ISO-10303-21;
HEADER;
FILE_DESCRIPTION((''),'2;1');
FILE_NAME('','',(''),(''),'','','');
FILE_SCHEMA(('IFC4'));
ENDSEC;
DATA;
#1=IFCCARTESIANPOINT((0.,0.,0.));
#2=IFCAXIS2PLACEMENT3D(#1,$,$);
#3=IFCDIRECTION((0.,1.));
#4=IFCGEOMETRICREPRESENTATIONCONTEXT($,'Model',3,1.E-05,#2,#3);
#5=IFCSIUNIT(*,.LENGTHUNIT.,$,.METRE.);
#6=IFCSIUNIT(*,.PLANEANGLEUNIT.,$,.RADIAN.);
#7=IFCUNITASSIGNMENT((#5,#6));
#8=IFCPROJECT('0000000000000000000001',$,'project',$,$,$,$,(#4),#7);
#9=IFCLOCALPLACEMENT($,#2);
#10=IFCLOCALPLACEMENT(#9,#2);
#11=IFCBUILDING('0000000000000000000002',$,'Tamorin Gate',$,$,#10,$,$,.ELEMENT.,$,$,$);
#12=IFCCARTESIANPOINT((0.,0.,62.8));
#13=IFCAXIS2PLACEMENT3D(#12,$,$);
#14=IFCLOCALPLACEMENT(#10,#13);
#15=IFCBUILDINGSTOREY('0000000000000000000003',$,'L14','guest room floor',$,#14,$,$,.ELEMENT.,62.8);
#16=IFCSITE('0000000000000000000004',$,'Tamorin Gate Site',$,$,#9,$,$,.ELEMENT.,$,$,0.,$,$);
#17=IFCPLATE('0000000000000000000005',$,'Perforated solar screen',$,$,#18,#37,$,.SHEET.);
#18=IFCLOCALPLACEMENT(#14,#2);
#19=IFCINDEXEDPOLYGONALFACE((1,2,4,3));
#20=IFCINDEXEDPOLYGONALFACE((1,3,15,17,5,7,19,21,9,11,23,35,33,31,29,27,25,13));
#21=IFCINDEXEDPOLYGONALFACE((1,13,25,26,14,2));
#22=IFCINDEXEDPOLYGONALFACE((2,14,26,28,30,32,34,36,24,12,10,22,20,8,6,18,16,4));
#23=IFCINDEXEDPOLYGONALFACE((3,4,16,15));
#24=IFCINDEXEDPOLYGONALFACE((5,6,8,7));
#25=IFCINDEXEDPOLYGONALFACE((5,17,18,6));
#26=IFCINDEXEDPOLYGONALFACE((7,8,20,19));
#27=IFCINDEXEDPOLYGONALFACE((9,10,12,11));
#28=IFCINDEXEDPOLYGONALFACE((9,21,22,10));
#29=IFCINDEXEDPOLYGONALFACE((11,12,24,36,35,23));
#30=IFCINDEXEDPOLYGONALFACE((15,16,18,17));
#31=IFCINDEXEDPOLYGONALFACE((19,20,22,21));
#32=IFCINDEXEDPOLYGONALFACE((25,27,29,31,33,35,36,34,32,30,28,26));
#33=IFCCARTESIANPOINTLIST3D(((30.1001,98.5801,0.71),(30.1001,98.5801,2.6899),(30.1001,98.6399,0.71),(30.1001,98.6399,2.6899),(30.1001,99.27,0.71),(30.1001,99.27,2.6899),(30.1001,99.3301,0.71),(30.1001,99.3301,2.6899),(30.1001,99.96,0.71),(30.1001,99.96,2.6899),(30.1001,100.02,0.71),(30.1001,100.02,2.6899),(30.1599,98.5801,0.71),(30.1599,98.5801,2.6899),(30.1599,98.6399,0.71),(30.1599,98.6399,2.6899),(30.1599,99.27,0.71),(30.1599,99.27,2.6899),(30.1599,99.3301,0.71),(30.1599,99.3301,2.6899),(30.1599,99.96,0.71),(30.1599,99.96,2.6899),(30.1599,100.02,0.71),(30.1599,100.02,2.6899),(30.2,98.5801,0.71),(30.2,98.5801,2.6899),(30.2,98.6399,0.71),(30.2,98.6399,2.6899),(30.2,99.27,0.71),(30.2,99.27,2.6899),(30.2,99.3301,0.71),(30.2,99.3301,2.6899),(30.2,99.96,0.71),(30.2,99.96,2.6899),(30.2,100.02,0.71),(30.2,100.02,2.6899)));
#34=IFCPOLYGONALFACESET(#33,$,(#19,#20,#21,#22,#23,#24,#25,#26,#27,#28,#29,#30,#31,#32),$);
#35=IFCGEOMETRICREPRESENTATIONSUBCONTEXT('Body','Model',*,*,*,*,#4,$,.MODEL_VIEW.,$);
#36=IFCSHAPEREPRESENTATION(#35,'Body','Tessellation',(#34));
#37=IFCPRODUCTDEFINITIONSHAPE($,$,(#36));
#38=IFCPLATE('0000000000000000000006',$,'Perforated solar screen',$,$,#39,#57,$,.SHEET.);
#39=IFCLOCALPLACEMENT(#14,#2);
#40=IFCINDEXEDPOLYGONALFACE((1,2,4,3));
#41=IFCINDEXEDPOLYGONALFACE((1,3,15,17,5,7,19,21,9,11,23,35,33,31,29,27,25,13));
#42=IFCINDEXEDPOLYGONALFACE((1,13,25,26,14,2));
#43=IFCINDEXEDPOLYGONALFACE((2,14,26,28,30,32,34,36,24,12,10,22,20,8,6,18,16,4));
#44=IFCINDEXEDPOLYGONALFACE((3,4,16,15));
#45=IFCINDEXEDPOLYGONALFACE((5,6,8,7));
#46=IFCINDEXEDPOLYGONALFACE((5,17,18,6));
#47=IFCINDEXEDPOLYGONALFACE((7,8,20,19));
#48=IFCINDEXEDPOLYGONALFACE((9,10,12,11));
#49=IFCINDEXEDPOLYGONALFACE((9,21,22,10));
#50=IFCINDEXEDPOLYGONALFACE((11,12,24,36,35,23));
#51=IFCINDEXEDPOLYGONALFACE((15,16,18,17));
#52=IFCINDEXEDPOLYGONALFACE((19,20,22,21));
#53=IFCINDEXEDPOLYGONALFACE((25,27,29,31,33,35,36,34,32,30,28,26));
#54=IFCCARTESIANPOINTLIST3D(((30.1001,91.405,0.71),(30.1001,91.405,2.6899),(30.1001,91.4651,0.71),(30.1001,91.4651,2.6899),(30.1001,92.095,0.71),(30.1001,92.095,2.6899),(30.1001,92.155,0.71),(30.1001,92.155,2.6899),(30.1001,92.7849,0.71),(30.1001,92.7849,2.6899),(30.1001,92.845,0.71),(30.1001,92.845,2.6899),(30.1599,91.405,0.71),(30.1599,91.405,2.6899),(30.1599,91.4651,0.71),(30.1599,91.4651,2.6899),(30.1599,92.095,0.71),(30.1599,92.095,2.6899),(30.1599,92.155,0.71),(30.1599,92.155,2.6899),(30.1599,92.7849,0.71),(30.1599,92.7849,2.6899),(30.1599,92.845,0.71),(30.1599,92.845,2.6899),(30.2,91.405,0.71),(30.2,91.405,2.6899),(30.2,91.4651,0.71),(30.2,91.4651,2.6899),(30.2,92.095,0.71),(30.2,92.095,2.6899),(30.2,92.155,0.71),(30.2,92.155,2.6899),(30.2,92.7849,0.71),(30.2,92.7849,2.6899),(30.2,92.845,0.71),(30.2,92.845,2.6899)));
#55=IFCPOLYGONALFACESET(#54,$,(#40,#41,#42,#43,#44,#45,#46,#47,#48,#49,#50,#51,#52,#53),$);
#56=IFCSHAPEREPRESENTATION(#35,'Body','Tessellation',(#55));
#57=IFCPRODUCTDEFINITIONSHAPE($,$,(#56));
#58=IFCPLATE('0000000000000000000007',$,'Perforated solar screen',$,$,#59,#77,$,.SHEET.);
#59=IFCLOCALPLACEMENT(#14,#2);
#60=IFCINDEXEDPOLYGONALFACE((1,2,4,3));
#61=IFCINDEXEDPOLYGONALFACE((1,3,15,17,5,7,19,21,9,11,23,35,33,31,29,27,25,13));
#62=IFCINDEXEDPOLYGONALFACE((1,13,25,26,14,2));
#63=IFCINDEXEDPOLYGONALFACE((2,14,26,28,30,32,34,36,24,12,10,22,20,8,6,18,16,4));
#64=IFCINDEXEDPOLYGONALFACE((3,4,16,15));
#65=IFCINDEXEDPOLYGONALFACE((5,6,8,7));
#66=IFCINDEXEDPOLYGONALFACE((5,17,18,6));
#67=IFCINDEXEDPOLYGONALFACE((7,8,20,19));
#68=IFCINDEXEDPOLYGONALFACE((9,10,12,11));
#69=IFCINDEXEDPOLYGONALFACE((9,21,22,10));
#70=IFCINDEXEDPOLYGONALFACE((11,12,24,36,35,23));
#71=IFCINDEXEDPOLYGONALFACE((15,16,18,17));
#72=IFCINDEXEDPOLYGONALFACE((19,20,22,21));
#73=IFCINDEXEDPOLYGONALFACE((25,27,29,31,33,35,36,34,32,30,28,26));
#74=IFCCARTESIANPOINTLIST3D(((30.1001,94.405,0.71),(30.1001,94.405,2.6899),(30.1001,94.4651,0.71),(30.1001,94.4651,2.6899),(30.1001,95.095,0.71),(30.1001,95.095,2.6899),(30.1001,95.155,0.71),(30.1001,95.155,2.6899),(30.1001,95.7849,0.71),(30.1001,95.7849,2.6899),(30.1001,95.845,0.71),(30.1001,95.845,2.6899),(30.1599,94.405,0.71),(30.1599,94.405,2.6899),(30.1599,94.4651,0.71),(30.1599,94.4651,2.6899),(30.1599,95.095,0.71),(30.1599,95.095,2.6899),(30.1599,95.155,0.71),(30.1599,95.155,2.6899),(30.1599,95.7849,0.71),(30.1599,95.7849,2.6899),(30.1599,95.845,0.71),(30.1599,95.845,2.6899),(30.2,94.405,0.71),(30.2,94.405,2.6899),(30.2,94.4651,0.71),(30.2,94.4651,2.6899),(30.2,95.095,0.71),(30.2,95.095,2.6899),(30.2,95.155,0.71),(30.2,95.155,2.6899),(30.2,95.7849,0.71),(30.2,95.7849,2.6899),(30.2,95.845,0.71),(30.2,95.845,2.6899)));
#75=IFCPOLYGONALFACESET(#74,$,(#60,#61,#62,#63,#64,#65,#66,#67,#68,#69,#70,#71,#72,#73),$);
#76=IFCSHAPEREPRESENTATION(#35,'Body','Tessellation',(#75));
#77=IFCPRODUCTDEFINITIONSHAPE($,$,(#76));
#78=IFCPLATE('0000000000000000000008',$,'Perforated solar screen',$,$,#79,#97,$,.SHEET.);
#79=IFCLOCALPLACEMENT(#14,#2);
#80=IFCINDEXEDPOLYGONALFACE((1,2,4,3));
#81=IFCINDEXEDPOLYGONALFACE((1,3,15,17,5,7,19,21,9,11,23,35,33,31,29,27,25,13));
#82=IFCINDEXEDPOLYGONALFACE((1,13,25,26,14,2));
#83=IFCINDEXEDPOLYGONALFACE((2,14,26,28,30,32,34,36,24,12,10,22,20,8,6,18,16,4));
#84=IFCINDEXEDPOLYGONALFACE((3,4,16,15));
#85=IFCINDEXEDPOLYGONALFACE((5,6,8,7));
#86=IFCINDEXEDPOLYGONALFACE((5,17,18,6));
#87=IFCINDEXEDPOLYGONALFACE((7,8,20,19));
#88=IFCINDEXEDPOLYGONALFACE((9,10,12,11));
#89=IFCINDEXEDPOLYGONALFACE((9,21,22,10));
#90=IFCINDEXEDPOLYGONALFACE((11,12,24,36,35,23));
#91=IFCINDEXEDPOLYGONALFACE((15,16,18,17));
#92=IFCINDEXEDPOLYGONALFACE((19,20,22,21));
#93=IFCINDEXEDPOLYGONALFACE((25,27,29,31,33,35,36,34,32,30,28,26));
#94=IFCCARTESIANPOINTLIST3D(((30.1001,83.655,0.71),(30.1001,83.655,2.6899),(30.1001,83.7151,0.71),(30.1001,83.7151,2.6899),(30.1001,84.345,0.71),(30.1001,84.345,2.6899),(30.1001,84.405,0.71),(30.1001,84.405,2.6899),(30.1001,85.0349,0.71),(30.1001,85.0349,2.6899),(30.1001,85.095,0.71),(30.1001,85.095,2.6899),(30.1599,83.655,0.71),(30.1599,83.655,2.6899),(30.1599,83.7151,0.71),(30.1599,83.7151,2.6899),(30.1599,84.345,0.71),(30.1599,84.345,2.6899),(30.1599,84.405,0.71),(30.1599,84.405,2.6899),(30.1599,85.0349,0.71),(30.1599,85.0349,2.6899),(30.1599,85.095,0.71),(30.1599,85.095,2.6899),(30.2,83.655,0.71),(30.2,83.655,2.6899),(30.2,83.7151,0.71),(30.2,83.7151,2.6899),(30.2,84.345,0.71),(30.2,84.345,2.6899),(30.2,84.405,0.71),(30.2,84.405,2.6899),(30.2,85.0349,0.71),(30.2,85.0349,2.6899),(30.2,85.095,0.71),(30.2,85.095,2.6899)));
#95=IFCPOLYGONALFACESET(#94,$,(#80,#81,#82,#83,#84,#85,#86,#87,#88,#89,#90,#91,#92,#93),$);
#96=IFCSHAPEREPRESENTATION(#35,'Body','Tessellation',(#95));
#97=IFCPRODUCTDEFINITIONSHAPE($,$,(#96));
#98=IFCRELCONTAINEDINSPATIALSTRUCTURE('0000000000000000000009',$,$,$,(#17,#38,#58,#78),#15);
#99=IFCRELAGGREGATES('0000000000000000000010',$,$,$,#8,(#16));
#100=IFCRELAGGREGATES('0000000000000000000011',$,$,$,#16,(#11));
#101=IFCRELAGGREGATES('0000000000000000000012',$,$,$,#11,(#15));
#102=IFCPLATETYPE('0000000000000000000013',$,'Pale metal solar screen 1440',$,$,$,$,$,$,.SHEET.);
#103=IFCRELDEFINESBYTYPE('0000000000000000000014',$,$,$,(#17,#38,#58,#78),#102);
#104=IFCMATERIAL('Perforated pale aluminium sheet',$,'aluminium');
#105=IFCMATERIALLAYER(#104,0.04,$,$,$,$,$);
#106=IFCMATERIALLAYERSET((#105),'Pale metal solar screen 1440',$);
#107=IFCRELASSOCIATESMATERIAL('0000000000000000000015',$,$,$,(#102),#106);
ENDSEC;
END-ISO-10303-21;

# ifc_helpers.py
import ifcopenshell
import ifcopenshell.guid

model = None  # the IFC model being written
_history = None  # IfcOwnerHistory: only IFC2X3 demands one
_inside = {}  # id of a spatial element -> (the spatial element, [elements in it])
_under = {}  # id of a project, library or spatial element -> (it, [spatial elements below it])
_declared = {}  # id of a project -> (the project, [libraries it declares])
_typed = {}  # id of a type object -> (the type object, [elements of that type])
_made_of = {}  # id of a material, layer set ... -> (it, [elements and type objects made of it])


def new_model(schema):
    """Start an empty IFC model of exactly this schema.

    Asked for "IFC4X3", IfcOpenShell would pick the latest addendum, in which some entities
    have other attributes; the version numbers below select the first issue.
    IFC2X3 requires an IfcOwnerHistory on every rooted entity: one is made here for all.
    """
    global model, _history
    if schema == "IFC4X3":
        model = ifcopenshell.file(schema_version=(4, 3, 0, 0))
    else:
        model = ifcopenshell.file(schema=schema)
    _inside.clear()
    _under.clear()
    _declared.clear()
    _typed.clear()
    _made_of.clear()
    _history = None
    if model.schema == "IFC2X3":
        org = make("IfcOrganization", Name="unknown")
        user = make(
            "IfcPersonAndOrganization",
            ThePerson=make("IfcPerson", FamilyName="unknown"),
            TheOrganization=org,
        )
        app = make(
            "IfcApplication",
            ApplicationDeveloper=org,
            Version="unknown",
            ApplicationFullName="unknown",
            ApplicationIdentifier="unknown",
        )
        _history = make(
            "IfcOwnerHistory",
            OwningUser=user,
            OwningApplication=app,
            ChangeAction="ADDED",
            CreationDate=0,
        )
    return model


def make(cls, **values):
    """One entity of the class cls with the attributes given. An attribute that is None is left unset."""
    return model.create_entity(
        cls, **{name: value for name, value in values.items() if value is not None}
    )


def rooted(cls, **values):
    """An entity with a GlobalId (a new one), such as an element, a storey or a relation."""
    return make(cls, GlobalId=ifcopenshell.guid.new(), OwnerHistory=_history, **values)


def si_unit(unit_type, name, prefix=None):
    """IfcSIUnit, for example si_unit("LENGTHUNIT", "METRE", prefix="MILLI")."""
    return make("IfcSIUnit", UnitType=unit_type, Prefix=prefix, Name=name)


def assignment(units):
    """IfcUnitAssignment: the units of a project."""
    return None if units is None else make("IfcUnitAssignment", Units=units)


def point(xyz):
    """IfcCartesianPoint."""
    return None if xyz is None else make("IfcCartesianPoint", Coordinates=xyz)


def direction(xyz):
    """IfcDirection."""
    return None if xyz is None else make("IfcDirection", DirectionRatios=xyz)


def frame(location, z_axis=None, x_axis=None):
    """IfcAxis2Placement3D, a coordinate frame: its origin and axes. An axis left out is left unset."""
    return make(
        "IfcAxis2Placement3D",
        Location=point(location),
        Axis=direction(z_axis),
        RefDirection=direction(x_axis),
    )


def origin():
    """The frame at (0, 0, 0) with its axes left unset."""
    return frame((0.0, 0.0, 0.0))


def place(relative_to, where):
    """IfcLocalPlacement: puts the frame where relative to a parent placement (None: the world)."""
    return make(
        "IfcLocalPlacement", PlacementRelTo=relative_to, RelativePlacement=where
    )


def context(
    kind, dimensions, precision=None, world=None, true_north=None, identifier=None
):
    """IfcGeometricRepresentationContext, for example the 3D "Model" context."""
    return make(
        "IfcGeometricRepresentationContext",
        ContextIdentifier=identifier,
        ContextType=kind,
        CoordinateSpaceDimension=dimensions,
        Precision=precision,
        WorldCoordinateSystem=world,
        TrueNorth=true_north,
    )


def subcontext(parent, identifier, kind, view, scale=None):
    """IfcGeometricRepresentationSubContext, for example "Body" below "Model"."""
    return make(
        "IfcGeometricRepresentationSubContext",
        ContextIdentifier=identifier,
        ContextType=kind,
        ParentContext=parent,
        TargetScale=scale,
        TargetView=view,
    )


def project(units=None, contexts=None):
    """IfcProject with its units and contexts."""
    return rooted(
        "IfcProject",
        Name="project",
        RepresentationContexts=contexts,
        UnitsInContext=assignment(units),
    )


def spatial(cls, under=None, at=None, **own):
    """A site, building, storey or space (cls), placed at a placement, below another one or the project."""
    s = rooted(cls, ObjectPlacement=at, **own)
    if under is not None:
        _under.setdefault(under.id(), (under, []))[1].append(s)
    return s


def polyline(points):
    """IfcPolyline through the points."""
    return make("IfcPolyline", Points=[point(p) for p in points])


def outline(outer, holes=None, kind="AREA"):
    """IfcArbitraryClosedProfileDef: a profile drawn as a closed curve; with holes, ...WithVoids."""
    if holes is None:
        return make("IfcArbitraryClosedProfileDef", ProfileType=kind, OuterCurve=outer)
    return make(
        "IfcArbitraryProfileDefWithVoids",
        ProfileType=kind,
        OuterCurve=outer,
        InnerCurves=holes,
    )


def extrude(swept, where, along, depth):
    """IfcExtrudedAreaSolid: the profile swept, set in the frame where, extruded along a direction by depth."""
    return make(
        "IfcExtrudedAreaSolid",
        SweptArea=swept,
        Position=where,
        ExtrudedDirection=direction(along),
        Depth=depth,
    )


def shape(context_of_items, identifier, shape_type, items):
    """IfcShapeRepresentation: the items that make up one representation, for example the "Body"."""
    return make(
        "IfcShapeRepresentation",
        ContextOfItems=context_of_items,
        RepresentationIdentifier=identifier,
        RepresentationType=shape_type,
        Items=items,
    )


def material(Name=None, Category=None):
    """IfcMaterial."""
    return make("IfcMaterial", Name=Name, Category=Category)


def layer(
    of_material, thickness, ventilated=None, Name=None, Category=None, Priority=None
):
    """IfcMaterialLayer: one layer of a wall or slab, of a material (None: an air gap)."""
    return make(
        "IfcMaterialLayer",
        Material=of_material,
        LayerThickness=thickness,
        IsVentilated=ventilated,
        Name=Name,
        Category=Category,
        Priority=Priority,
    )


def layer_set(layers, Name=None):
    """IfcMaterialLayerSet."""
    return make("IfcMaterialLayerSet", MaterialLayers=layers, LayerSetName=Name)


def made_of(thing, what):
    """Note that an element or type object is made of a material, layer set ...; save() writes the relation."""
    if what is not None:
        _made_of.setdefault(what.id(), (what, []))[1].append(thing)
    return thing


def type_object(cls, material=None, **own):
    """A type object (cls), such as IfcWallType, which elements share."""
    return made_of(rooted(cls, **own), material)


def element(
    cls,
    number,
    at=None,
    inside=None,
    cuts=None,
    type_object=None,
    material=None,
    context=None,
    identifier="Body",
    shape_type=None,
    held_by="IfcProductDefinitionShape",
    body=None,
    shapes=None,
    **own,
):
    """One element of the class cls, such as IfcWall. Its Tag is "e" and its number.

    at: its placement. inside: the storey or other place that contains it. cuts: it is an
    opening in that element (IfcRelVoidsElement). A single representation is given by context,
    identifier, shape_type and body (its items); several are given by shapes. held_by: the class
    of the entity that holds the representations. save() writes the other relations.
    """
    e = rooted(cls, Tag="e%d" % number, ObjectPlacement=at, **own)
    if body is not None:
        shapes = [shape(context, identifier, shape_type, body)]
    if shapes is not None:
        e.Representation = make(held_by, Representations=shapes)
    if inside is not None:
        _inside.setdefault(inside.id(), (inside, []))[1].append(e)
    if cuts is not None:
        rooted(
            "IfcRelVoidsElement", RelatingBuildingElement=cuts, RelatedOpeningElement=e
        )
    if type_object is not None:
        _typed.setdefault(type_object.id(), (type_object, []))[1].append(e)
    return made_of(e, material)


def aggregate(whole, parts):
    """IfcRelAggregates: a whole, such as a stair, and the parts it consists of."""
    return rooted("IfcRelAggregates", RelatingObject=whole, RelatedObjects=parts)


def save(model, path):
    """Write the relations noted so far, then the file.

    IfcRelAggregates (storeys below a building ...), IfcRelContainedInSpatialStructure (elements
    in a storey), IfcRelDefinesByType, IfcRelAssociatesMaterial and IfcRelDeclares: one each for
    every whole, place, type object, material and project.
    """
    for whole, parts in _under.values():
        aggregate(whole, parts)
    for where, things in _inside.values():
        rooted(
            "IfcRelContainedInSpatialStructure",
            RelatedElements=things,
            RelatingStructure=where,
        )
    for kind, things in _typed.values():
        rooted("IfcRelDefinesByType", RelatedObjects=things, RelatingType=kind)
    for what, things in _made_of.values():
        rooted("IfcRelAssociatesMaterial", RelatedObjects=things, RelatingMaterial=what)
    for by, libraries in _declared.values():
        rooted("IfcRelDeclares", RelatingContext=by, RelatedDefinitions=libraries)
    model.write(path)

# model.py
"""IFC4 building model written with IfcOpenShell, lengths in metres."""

from ifc_helpers import new_model, si_unit, direction, frame, origin, place, context, subcontext, project, spatial, polyline, outline, extrude, material, layer, layer_set, type_object, element, save


model = new_model("IFC4")

# Units and contexts
model_context = context("Model", 3, precision=1e-05, world=origin(), true_north=direction((0.0, 1.0)))
body_context = subcontext(model_context, "Body", "Model", "MODEL_VIEW")
ifc_project = project(units=[si_unit("LENGTHUNIT", "METRE"), si_unit("PLANEANGLEUNIT", "RADIAN")], contexts=[model_context])

# Site, building, storey
site_placement = place(None, origin())
site = spatial("IfcSite", under=ifc_project, at=site_placement, Name="Tamorin Gate Site", CompositionType="ELEMENT", RefElevation=0.0)
building_placement = place(site_placement, origin())
building = spatial("IfcBuilding", under=site, at=building_placement, Name="Tamorin Gate", CompositionType="ELEMENT")
storey_placement = place(building_placement, frame((0.0, 0.0, 62.8)))
storey = spatial("IfcBuildingStorey", under=building, at=storey_placement, Name="L14", Description="guest room floor", CompositionType="ELEMENT", Elevation=62.8)

# Plates
ifc_material = material(Name="Perforated pale aluminium sheet", Category="aluminium")
ifc_layer = layer(ifc_material, 0.04)
ifc_layer_set = layer_set([ifc_layer], Name="Pale metal solar screen 1440")
plate_type = type_object("IfcPlateType", Name="Pale metal solar screen 1440", PredefinedType="SHEET", material=ifc_layer_set)
plate_1_placement = place(storey_placement, frame((0.0, 0.0, 0.71)))
element("IfcPlate", 1, at=plate_1_placement, inside=storey, type_object=plate_type, Name="Perforated solar screen", PredefinedType="SHEET", context=body_context, shape_type="SweptSolid", body=[
    extrude(outline(polyline([(30.1599, 100.02), (30.2, 100.02), (30.2, 99.96), (30.2, 99.3301), (30.2, 99.27), (30.2, 98.6399), (30.2, 98.5801), (30.1599, 98.5801), (30.1001, 98.5801), (30.1001, 98.6399), (30.1599, 98.6399), (30.1599, 99.27), (30.1001, 99.27), (30.1001, 99.3301), (30.1599, 99.3301), (30.1599, 99.96), (30.1001, 99.96), (30.1001, 100.02), (30.1599, 100.02)])), origin(), (0.0, 0.0, 1.0), 1.98),
])
plate_2_placement = place(storey_placement, frame((0.0, 0.0, 0.71)))
element("IfcPlate", 2, at=plate_2_placement, inside=storey, type_object=plate_type, Name="Perforated solar screen", PredefinedType="SHEET", context=body_context, shape_type="SweptSolid", body=[
    extrude(outline(polyline([(30.1599, 92.845), (30.2, 92.845), (30.2, 92.7849), (30.2, 92.155), (30.2, 92.095), (30.2, 91.4651), (30.2, 91.405), (30.1599, 91.405), (30.1001, 91.405), (30.1001, 91.4651), (30.1599, 91.4651), (30.1599, 92.095), (30.1001, 92.095), (30.1001, 92.155), (30.1599, 92.155), (30.1599, 92.7849), (30.1001, 92.7849), (30.1001, 92.845), (30.1599, 92.845)])), origin(), (0.0, 0.0, 1.0), 1.98),
])
plate_3_placement = place(storey_placement, frame((0.0, 0.0, 0.71)))
element("IfcPlate", 3, at=plate_3_placement, inside=storey, type_object=plate_type, Name="Perforated solar screen", PredefinedType="SHEET", context=body_context, shape_type="SweptSolid", body=[
    extrude(outline(polyline([(30.1599, 95.845), (30.2, 95.845), (30.2, 95.7849), (30.2, 95.155), (30.2, 95.095), (30.2, 94.4651), (30.2, 94.405), (30.2, 94.405), (30.1599, 94.405), (30.1599, 94.405), (30.1001, 94.405), (30.1001, 94.4651), (30.1599, 94.4651), (30.1599, 95.095), (30.1001, 95.095), (30.1001, 95.155), (30.1599, 95.155), (30.1599, 95.7849), (30.1001, 95.7849), (30.1001, 95.845), (30.1599, 95.845)])), origin(), (0.0, 0.0, 1.0), 1.98),
])
plate_4_placement = place(storey_placement, frame((0.0, 0.0, 0.71)))
element("IfcPlate", 4, at=plate_4_placement, inside=storey, type_object=plate_type, Name="Perforated solar screen", PredefinedType="SHEET", context=body_context, shape_type="SweptSolid", body=[
    extrude(outline(polyline([(30.1599, 85.095), (30.2, 85.095), (30.2, 85.0349), (30.2, 84.405), (30.2, 84.345), (30.2, 83.7151), (30.2, 83.655), (30.1599, 83.655), (30.1001, 83.655), (30.1001, 83.7151), (30.1599, 83.7151), (30.1599, 84.345), (30.1001, 84.345), (30.1001, 84.405), (30.1599, 84.405), (30.1599, 85.0349), (30.1001, 85.0349), (30.1001, 85.095), (30.1599, 85.095)])), origin(), (0.0, 0.0, 1.0), 1.98),
])

save(model, "model.ifc")
